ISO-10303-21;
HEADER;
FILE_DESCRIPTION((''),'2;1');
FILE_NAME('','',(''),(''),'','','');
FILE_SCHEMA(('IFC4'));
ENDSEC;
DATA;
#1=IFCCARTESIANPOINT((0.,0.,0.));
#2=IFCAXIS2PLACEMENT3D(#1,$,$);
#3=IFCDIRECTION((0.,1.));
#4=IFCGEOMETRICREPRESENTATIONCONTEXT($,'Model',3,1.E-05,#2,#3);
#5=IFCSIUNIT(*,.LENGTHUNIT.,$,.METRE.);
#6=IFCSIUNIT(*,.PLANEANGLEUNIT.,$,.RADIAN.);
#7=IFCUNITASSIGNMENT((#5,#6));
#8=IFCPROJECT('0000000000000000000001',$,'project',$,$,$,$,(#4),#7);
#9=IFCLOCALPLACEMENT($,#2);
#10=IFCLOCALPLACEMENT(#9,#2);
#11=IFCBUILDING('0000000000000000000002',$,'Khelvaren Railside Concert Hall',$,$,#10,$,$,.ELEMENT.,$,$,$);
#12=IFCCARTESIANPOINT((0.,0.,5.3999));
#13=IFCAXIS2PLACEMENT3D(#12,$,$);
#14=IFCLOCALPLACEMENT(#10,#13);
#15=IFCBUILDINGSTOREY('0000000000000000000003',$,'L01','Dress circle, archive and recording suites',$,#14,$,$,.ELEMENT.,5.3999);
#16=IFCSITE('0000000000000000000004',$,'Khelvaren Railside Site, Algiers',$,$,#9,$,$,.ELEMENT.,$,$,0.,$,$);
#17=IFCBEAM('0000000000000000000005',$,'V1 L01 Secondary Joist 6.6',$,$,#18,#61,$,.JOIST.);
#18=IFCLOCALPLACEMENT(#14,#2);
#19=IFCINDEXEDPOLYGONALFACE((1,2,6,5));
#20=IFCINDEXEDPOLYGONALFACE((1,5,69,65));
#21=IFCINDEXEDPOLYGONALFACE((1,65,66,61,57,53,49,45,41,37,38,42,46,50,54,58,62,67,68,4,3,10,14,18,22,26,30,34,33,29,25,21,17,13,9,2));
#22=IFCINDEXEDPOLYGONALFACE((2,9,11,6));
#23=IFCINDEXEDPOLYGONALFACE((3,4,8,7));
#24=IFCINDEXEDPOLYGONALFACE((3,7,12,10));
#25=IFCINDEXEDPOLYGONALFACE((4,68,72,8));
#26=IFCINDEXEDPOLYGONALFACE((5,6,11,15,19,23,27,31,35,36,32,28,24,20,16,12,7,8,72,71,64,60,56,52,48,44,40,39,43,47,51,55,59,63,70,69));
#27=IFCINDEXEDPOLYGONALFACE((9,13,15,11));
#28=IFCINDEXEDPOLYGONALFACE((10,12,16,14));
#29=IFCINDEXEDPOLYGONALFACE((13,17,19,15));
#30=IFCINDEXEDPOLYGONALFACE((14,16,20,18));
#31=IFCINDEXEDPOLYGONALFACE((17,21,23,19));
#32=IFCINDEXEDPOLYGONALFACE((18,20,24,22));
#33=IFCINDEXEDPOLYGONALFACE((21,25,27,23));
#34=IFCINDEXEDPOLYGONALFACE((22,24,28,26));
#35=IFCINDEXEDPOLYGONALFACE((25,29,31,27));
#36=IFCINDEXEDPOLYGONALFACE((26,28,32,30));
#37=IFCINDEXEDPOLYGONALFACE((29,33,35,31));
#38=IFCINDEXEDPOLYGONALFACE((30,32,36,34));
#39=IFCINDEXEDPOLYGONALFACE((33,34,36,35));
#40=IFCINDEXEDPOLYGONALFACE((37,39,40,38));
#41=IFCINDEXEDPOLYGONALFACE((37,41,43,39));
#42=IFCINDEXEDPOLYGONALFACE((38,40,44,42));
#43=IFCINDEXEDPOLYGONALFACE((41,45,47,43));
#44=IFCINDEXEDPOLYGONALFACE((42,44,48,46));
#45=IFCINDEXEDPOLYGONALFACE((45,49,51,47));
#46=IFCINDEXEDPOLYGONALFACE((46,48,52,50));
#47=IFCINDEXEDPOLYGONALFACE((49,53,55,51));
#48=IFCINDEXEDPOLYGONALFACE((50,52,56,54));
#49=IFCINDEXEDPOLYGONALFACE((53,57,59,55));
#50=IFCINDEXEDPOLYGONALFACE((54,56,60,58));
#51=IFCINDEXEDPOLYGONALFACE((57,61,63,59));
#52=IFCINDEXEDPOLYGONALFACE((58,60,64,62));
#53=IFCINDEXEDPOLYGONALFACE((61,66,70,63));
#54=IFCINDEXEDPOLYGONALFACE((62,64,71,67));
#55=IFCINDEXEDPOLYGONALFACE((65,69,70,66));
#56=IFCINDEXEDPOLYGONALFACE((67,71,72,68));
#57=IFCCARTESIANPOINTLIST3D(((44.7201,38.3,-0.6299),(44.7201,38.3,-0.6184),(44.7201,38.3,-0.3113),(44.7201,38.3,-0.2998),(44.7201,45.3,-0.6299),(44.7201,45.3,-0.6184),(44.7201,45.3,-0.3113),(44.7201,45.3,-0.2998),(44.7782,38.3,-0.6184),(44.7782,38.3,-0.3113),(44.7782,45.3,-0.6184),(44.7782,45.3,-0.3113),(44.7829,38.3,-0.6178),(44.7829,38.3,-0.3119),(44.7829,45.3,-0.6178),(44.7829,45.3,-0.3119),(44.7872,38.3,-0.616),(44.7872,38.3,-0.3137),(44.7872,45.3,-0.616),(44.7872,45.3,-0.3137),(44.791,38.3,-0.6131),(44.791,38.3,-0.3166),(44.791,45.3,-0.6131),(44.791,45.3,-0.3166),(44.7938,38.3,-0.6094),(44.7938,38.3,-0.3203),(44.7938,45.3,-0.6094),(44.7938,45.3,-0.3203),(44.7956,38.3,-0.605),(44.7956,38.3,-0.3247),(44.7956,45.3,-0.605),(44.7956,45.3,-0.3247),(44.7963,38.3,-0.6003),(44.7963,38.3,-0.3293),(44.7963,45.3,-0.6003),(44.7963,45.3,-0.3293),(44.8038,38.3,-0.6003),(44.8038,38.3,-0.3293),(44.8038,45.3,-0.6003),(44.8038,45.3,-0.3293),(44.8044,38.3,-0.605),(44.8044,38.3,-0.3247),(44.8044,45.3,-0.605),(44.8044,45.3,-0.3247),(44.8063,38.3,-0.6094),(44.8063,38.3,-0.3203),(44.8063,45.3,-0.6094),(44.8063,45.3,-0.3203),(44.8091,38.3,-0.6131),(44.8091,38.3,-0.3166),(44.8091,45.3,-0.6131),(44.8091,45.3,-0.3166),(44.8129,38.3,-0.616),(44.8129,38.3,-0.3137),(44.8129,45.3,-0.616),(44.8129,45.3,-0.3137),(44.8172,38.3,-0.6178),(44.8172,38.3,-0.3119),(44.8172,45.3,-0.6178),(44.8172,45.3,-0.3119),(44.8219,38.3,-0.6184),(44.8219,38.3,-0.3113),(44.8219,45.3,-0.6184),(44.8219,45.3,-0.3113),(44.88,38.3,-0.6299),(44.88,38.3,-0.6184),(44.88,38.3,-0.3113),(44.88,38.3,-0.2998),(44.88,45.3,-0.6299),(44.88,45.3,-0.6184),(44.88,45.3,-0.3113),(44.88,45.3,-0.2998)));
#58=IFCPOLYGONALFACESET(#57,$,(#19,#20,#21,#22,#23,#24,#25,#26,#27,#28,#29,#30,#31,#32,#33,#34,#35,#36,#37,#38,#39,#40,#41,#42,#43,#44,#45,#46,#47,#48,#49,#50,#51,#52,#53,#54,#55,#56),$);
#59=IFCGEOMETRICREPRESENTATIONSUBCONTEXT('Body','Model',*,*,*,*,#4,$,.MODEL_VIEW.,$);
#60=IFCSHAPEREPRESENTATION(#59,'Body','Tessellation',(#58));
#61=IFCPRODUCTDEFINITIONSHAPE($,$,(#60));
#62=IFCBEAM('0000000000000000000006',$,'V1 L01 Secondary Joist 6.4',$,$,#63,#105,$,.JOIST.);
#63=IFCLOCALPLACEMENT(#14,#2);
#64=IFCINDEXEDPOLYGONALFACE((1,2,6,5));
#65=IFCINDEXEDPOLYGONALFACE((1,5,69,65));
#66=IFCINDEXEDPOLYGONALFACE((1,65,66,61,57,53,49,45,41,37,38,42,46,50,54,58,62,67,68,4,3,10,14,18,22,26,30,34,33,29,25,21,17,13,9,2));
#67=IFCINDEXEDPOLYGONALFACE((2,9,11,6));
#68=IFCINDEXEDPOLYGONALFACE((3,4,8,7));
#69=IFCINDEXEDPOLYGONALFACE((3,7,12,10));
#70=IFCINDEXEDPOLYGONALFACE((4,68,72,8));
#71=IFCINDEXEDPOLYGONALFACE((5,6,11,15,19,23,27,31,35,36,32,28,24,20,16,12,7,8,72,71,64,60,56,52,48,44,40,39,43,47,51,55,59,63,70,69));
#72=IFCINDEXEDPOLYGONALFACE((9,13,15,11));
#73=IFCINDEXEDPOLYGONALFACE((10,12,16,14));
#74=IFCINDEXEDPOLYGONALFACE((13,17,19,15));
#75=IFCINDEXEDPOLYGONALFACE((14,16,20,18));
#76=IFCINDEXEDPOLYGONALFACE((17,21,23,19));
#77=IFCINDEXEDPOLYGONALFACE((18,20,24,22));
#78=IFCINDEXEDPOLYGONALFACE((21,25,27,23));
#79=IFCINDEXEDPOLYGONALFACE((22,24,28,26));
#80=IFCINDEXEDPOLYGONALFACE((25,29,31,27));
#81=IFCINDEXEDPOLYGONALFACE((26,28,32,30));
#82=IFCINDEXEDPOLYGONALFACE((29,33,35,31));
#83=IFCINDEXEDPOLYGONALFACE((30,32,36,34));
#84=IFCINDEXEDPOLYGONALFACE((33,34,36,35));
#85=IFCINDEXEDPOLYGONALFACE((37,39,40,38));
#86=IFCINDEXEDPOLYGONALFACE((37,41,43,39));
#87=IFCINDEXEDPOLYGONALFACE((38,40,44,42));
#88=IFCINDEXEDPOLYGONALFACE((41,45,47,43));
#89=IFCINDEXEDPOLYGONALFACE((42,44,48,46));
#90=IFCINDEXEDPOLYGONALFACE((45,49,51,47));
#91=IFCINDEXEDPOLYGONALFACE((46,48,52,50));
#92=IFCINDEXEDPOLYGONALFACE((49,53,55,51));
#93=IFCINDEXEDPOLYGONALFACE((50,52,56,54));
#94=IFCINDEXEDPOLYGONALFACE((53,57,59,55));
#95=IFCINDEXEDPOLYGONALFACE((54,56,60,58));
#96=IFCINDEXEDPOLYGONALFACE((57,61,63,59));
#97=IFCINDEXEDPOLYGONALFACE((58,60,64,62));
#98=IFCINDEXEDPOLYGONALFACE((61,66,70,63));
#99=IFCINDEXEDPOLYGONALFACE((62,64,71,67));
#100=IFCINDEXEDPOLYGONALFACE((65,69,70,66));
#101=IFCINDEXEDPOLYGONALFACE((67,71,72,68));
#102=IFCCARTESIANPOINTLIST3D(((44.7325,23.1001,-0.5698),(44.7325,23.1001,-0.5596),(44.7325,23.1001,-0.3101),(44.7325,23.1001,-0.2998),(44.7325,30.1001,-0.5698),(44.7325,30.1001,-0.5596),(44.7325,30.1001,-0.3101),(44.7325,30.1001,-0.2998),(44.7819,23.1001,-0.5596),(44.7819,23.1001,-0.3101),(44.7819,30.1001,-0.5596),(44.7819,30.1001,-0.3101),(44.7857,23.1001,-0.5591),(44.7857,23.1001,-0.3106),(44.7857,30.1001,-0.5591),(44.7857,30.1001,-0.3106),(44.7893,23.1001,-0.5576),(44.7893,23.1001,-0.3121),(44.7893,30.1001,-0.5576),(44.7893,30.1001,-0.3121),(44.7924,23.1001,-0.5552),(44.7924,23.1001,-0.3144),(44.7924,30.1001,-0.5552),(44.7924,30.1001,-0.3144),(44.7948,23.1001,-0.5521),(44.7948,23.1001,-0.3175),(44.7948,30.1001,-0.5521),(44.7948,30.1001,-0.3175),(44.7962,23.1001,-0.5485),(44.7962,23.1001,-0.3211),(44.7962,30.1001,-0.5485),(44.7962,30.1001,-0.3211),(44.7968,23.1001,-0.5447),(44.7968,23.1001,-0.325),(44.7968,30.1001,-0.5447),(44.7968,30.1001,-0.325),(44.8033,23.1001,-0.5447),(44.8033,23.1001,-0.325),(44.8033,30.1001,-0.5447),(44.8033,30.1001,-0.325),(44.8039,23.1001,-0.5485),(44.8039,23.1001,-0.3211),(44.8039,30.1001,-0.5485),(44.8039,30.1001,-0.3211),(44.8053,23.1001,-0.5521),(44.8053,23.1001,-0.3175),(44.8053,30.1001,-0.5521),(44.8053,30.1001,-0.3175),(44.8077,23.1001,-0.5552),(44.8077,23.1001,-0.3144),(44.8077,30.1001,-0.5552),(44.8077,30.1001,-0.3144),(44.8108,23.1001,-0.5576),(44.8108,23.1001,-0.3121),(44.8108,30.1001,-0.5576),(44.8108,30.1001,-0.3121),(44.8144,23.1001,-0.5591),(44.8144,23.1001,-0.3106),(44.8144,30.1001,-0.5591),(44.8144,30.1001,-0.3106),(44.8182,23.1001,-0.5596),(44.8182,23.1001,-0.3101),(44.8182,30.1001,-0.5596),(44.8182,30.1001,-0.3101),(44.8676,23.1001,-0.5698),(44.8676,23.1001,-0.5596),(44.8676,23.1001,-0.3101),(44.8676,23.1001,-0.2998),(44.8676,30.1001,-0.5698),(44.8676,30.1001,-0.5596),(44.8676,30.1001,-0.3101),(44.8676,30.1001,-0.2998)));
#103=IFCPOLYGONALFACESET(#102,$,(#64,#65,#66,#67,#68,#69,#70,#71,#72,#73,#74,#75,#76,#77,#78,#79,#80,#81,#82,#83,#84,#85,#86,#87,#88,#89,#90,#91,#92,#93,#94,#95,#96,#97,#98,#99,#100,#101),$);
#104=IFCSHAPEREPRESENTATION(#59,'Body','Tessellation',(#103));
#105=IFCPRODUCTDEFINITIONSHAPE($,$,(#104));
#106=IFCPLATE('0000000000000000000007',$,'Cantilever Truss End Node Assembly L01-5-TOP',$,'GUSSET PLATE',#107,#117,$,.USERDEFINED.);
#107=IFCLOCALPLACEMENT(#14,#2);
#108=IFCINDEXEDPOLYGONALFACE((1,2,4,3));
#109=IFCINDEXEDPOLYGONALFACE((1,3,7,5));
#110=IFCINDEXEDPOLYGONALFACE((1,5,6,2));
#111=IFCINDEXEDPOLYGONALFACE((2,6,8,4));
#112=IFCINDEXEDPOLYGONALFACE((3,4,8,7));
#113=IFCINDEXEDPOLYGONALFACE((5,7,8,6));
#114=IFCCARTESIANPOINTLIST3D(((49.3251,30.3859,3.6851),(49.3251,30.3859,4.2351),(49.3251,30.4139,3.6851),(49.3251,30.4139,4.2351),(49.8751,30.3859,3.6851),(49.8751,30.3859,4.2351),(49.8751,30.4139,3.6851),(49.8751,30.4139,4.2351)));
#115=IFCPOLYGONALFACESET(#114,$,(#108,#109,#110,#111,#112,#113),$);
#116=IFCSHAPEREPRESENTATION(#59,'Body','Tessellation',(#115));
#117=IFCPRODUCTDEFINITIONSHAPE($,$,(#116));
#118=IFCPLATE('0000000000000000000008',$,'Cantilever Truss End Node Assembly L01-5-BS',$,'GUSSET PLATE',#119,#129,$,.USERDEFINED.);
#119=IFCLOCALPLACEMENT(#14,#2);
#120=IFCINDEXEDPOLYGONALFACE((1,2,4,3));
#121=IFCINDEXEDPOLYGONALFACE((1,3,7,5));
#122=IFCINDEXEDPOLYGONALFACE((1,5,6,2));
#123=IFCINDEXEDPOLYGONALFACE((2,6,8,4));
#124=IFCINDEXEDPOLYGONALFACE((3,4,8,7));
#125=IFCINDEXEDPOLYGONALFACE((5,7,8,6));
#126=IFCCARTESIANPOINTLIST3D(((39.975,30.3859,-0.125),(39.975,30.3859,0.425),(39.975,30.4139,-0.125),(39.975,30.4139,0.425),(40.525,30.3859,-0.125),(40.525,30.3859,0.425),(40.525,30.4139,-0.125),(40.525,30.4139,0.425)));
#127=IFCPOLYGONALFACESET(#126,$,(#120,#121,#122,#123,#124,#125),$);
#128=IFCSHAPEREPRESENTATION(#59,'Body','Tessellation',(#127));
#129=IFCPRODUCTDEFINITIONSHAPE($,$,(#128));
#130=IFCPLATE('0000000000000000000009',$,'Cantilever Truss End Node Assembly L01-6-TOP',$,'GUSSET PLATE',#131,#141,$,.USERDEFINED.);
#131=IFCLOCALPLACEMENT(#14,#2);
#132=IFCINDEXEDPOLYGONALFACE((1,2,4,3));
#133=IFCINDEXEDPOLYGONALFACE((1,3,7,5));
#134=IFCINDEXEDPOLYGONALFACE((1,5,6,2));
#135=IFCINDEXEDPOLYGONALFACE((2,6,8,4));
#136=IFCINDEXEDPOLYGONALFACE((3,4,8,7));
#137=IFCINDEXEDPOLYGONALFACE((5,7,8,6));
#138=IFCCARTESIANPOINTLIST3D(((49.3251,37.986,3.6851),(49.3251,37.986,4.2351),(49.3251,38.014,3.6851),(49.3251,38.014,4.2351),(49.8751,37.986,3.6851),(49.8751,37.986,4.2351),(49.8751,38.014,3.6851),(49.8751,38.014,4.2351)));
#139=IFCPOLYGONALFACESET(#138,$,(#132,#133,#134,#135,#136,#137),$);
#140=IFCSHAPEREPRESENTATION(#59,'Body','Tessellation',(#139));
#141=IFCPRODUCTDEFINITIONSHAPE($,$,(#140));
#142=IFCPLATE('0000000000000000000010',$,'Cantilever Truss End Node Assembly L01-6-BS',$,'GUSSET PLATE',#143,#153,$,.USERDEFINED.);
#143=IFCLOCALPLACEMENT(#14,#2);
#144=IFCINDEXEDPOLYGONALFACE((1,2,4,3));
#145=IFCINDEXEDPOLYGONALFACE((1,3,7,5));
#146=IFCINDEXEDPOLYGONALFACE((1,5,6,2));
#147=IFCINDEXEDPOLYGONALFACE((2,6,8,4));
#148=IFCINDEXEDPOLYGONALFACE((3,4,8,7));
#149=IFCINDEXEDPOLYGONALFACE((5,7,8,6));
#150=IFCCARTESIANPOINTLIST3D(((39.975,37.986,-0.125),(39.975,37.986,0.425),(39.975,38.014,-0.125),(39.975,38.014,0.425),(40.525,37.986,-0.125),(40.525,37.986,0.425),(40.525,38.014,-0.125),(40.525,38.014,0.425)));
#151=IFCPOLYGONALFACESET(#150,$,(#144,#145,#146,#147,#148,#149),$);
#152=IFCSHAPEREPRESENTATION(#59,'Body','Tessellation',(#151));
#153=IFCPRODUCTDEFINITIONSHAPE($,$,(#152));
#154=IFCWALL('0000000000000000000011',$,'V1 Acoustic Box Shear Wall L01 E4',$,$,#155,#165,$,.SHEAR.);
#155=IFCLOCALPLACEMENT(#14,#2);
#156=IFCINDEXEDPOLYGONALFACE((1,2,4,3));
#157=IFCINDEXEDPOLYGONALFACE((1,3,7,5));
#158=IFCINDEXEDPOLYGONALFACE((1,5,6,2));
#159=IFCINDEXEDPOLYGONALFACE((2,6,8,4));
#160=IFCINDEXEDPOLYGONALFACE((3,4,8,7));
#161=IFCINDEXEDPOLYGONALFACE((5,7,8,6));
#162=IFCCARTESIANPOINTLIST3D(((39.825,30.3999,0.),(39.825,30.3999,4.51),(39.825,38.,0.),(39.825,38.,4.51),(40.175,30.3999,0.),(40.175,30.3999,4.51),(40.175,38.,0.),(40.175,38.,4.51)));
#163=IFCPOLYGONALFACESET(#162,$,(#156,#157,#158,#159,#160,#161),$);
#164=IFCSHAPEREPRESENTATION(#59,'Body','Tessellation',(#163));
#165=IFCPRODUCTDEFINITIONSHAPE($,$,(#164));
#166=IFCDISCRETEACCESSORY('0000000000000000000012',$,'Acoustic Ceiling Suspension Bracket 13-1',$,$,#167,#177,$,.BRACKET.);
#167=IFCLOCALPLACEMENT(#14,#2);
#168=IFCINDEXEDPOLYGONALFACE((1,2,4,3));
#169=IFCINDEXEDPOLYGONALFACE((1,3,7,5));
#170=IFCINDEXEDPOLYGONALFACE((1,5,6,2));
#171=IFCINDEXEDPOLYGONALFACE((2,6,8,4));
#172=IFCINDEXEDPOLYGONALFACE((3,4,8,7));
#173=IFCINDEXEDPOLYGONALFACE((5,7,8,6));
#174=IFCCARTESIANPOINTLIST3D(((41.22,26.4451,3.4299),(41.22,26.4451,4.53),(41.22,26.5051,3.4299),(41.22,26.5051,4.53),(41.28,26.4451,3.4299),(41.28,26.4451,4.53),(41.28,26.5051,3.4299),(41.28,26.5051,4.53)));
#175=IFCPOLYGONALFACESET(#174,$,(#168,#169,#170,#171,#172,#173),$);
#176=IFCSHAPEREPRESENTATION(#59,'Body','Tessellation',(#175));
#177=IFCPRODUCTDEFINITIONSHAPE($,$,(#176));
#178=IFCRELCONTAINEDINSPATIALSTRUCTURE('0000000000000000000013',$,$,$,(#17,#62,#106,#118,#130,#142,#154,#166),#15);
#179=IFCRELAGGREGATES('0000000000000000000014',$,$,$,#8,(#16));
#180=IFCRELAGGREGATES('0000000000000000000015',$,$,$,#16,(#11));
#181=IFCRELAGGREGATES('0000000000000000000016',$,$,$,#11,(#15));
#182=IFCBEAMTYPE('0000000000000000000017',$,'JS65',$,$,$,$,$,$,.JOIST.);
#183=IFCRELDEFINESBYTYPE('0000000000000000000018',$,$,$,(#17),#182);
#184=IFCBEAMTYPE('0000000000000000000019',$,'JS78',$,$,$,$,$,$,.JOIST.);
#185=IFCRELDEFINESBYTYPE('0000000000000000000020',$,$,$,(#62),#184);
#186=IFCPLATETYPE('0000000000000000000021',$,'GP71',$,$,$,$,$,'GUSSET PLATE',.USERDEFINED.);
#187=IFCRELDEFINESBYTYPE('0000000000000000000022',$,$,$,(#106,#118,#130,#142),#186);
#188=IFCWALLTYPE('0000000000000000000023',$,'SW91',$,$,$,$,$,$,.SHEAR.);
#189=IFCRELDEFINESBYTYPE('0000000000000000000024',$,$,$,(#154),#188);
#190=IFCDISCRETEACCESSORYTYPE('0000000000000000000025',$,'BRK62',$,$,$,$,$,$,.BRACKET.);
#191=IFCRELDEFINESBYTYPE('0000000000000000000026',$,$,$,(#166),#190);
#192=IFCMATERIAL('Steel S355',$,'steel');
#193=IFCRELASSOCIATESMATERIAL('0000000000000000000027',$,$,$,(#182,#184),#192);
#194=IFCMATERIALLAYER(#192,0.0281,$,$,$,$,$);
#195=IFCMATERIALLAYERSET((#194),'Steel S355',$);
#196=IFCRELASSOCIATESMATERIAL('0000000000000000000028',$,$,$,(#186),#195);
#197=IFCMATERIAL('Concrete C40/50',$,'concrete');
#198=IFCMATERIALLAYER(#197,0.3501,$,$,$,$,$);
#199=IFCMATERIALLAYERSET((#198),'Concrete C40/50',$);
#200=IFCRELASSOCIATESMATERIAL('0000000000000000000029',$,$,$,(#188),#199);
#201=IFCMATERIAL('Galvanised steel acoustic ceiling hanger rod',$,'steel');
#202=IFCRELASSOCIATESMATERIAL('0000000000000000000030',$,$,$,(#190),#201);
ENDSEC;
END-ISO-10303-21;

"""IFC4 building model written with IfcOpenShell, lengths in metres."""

from ifc_helpers import new_model, si_unit, direction, frame, frame_2d, origin, origin_2d, place, context, subcontext, project, spatial, rectangle, i_section, extrude, material, layer, layer_set, material_profile, profile_set, type_object, element, save


model = new_model("IFC4")

# Units and contexts
model_context = context("Model", 3, precision=1e-05, world=origin(), true_north=direction((0.0, 1.0)))
body_context = subcontext(model_context, "Body", "Model", "MODEL_VIEW")
ifc_project = project(units=[si_unit("LENGTHUNIT", "METRE"), si_unit("PLANEANGLEUNIT", "RADIAN")], contexts=[model_context])

# Site, building, storey
site_placement = place(None, origin())
site = spatial("IfcSite", under=ifc_project, at=site_placement, Name="Khelvaren Railside Site, Algiers", CompositionType="ELEMENT", RefElevation=0.0)
building_placement = place(site_placement, origin())
building = spatial("IfcBuilding", under=site, at=building_placement, Name="Khelvaren Railside Concert Hall", CompositionType="ELEMENT")
storey_placement = place(building_placement, frame((0.0, 0.0, 5.3999)))
storey = spatial("IfcBuildingStorey", under=building, at=storey_placement, Name="L01", Description="Dress circle, archive and recording suites", CompositionType="ELEMENT", Elevation=5.3999)

# Shared definitions
ifc_material_1 = material(Name="Steel S355", Category="steel")

# Beams
ifc_material_2 = material(Name="Concrete C40/50", Category="concrete")
ifc_material_profile_1 = material_profile(ifc_material_1, i_section(OverallWidth=0.1599, OverallDepth=0.3301, WebThickness=0.0076, FlangeThickness=0.0115, FilletRadius=0.0181, at=origin_2d()), Name="IPE 330")
ifc_profile_set_1 = profile_set([ifc_material_profile_1], Name="Steel S355")
beam_type_1 = type_object("IfcBeamType", Name="JS65", PredefinedType="JOIST", material=ifc_profile_set_1)
beam_1_placement = place(storey_placement, frame((44.8, 38.3, -0.4648), z_axis=(0.0, 1.0, 0.0), x_axis=(-1.0, 0.0, 0.0)))
element("IfcBeam", 1, at=beam_1_placement, inside=storey, type_object=beam_type_1, Name="V1 L01 Secondary Joist 6.6", PredefinedType="JOIST", context=body_context, shape_type="SweptSolid", body=[
    extrude(i_section(OverallWidth=0.1599, OverallDepth=0.3301, WebThickness=0.0076, FlangeThickness=0.0115, FilletRadius=0.0181, at=origin_2d()), origin(), (0.0, 0.0, 1.0), 7.0),
])
ifc_material_profile_2 = material_profile(ifc_material_1, i_section(OverallWidth=0.135, OverallDepth=0.27, WebThickness=0.0066, FlangeThickness=0.0103, FilletRadius=0.0149, at=origin_2d()), Name="IPE 270")
ifc_profile_set_2 = profile_set([ifc_material_profile_2], Name="Steel S355")
beam_type_2 = type_object("IfcBeamType", Name="JS78", PredefinedType="JOIST", material=ifc_profile_set_2)
beam_2_placement = place(storey_placement, frame((44.8, 23.1001, -0.4348), z_axis=(0.0, 1.0, 0.0), x_axis=(-1.0, 0.0, 0.0)))
element("IfcBeam", 2, at=beam_2_placement, inside=storey, type_object=beam_type_2, Name="V1 L01 Secondary Joist 6.4", PredefinedType="JOIST", context=body_context, shape_type="SweptSolid", body=[
    extrude(i_section(OverallWidth=0.135, OverallDepth=0.27, WebThickness=0.0066, FlangeThickness=0.0103, FilletRadius=0.0149, at=origin_2d()), origin(), (0.0, 0.0, 1.0), 7.0),
])

# Plates
ifc_layer_1 = layer(ifc_material_1, 0.0281)
ifc_layer_set_1 = layer_set([ifc_layer_1], Name="Steel S355")
plate_type = type_object("IfcPlateType", Name="GP71", ElementType="GUSSET PLATE", PredefinedType="USERDEFINED", material=ifc_layer_set_1)
for number, where, z_axis, x_axis, name in (
    (3, (49.6001, 30.3999, 3.6851), (0.0, 0.0, 1.0), (1.0, 0.0, 0.0), "Cantilever Truss End Node Assembly L01-5-TOP"),
    (4, (40.25, 30.3999, -0.125), (0.0, 0.0, 1.0), (1.0, 0.0, 0.0), "Cantilever Truss End Node Assembly L01-5-BS"),
    (5, (49.6001, 38.0, 3.6851), (0.0, 0.0, 1.0), (1.0, 0.0, 0.0), "Cantilever Truss End Node Assembly L01-6-TOP"),
    (6, (40.25, 38.0, -0.125), (0.0, 0.0, 1.0), (1.0, 0.0, 0.0), "Cantilever Truss End Node Assembly L01-6-BS"),
):
    element("IfcPlate", number, at=place(storey_placement, frame(where, z_axis=z_axis, x_axis=x_axis)), inside=storey, type_object=plate_type, Name=name, ObjectType="GUSSET PLATE", PredefinedType="USERDEFINED", context=body_context, shape_type="SweptSolid", body=[
        extrude(rectangle(XDim=0.55, YDim=0.0281, at=origin_2d()), origin(), (0.0, 0.0, 1.0), 0.55),
    ])

# Wall
ifc_layer_2 = layer(ifc_material_2, 0.3501)
ifc_layer_set_2 = layer_set([ifc_layer_2], Name="Concrete C40/50")
wall_type = type_object("IfcWallType", Name="SW91", PredefinedType="SHEAR", material=ifc_layer_set_2)
wall_placement = place(storey_placement, frame((40.0, 30.3999, 0.0), z_axis=(0.0, 0.0, 1.0), x_axis=(0.0, 1.0, 0.0)))
element("IfcWall", 7, at=wall_placement, inside=storey, type_object=wall_type, Name="V1 Acoustic Box Shear Wall L01 E4", PredefinedType="SHEAR", context=body_context, shape_type="SweptSolid", body=[
    extrude(rectangle(XDim=7.6001, YDim=0.3501, at=frame_2d((3.8, 0.0))), origin(), (0.0, 0.0, 1.0), 4.51),
])

# Discrete accessory
ifc_material_3 = material(Name="Galvanised steel acoustic ceiling hanger rod", Category="steel")
discrete_accessory_type = type_object("IfcDiscreteAccessoryType", Name="BRK62", PredefinedType="BRACKET", material=ifc_material_3)
discrete_accessory_placement = place(storey_placement, frame((41.25, 26.4751, 3.4299), z_axis=(0.0, 0.0, 1.0), x_axis=(1.0, 0.0, 0.0)))
element("IfcDiscreteAccessory", 8, at=discrete_accessory_placement, inside=storey, type_object=discrete_accessory_type, Name="Acoustic Ceiling Suspension Bracket 13-1", PredefinedType="BRACKET", context=body_context, shape_type="SweptSolid", body=[
    extrude(rectangle(XDim=0.0601, YDim=0.0601, at=origin_2d()), origin(), (0.0, 0.0, 1.0), 1.1001),
])

save(model, "model.ifc")
